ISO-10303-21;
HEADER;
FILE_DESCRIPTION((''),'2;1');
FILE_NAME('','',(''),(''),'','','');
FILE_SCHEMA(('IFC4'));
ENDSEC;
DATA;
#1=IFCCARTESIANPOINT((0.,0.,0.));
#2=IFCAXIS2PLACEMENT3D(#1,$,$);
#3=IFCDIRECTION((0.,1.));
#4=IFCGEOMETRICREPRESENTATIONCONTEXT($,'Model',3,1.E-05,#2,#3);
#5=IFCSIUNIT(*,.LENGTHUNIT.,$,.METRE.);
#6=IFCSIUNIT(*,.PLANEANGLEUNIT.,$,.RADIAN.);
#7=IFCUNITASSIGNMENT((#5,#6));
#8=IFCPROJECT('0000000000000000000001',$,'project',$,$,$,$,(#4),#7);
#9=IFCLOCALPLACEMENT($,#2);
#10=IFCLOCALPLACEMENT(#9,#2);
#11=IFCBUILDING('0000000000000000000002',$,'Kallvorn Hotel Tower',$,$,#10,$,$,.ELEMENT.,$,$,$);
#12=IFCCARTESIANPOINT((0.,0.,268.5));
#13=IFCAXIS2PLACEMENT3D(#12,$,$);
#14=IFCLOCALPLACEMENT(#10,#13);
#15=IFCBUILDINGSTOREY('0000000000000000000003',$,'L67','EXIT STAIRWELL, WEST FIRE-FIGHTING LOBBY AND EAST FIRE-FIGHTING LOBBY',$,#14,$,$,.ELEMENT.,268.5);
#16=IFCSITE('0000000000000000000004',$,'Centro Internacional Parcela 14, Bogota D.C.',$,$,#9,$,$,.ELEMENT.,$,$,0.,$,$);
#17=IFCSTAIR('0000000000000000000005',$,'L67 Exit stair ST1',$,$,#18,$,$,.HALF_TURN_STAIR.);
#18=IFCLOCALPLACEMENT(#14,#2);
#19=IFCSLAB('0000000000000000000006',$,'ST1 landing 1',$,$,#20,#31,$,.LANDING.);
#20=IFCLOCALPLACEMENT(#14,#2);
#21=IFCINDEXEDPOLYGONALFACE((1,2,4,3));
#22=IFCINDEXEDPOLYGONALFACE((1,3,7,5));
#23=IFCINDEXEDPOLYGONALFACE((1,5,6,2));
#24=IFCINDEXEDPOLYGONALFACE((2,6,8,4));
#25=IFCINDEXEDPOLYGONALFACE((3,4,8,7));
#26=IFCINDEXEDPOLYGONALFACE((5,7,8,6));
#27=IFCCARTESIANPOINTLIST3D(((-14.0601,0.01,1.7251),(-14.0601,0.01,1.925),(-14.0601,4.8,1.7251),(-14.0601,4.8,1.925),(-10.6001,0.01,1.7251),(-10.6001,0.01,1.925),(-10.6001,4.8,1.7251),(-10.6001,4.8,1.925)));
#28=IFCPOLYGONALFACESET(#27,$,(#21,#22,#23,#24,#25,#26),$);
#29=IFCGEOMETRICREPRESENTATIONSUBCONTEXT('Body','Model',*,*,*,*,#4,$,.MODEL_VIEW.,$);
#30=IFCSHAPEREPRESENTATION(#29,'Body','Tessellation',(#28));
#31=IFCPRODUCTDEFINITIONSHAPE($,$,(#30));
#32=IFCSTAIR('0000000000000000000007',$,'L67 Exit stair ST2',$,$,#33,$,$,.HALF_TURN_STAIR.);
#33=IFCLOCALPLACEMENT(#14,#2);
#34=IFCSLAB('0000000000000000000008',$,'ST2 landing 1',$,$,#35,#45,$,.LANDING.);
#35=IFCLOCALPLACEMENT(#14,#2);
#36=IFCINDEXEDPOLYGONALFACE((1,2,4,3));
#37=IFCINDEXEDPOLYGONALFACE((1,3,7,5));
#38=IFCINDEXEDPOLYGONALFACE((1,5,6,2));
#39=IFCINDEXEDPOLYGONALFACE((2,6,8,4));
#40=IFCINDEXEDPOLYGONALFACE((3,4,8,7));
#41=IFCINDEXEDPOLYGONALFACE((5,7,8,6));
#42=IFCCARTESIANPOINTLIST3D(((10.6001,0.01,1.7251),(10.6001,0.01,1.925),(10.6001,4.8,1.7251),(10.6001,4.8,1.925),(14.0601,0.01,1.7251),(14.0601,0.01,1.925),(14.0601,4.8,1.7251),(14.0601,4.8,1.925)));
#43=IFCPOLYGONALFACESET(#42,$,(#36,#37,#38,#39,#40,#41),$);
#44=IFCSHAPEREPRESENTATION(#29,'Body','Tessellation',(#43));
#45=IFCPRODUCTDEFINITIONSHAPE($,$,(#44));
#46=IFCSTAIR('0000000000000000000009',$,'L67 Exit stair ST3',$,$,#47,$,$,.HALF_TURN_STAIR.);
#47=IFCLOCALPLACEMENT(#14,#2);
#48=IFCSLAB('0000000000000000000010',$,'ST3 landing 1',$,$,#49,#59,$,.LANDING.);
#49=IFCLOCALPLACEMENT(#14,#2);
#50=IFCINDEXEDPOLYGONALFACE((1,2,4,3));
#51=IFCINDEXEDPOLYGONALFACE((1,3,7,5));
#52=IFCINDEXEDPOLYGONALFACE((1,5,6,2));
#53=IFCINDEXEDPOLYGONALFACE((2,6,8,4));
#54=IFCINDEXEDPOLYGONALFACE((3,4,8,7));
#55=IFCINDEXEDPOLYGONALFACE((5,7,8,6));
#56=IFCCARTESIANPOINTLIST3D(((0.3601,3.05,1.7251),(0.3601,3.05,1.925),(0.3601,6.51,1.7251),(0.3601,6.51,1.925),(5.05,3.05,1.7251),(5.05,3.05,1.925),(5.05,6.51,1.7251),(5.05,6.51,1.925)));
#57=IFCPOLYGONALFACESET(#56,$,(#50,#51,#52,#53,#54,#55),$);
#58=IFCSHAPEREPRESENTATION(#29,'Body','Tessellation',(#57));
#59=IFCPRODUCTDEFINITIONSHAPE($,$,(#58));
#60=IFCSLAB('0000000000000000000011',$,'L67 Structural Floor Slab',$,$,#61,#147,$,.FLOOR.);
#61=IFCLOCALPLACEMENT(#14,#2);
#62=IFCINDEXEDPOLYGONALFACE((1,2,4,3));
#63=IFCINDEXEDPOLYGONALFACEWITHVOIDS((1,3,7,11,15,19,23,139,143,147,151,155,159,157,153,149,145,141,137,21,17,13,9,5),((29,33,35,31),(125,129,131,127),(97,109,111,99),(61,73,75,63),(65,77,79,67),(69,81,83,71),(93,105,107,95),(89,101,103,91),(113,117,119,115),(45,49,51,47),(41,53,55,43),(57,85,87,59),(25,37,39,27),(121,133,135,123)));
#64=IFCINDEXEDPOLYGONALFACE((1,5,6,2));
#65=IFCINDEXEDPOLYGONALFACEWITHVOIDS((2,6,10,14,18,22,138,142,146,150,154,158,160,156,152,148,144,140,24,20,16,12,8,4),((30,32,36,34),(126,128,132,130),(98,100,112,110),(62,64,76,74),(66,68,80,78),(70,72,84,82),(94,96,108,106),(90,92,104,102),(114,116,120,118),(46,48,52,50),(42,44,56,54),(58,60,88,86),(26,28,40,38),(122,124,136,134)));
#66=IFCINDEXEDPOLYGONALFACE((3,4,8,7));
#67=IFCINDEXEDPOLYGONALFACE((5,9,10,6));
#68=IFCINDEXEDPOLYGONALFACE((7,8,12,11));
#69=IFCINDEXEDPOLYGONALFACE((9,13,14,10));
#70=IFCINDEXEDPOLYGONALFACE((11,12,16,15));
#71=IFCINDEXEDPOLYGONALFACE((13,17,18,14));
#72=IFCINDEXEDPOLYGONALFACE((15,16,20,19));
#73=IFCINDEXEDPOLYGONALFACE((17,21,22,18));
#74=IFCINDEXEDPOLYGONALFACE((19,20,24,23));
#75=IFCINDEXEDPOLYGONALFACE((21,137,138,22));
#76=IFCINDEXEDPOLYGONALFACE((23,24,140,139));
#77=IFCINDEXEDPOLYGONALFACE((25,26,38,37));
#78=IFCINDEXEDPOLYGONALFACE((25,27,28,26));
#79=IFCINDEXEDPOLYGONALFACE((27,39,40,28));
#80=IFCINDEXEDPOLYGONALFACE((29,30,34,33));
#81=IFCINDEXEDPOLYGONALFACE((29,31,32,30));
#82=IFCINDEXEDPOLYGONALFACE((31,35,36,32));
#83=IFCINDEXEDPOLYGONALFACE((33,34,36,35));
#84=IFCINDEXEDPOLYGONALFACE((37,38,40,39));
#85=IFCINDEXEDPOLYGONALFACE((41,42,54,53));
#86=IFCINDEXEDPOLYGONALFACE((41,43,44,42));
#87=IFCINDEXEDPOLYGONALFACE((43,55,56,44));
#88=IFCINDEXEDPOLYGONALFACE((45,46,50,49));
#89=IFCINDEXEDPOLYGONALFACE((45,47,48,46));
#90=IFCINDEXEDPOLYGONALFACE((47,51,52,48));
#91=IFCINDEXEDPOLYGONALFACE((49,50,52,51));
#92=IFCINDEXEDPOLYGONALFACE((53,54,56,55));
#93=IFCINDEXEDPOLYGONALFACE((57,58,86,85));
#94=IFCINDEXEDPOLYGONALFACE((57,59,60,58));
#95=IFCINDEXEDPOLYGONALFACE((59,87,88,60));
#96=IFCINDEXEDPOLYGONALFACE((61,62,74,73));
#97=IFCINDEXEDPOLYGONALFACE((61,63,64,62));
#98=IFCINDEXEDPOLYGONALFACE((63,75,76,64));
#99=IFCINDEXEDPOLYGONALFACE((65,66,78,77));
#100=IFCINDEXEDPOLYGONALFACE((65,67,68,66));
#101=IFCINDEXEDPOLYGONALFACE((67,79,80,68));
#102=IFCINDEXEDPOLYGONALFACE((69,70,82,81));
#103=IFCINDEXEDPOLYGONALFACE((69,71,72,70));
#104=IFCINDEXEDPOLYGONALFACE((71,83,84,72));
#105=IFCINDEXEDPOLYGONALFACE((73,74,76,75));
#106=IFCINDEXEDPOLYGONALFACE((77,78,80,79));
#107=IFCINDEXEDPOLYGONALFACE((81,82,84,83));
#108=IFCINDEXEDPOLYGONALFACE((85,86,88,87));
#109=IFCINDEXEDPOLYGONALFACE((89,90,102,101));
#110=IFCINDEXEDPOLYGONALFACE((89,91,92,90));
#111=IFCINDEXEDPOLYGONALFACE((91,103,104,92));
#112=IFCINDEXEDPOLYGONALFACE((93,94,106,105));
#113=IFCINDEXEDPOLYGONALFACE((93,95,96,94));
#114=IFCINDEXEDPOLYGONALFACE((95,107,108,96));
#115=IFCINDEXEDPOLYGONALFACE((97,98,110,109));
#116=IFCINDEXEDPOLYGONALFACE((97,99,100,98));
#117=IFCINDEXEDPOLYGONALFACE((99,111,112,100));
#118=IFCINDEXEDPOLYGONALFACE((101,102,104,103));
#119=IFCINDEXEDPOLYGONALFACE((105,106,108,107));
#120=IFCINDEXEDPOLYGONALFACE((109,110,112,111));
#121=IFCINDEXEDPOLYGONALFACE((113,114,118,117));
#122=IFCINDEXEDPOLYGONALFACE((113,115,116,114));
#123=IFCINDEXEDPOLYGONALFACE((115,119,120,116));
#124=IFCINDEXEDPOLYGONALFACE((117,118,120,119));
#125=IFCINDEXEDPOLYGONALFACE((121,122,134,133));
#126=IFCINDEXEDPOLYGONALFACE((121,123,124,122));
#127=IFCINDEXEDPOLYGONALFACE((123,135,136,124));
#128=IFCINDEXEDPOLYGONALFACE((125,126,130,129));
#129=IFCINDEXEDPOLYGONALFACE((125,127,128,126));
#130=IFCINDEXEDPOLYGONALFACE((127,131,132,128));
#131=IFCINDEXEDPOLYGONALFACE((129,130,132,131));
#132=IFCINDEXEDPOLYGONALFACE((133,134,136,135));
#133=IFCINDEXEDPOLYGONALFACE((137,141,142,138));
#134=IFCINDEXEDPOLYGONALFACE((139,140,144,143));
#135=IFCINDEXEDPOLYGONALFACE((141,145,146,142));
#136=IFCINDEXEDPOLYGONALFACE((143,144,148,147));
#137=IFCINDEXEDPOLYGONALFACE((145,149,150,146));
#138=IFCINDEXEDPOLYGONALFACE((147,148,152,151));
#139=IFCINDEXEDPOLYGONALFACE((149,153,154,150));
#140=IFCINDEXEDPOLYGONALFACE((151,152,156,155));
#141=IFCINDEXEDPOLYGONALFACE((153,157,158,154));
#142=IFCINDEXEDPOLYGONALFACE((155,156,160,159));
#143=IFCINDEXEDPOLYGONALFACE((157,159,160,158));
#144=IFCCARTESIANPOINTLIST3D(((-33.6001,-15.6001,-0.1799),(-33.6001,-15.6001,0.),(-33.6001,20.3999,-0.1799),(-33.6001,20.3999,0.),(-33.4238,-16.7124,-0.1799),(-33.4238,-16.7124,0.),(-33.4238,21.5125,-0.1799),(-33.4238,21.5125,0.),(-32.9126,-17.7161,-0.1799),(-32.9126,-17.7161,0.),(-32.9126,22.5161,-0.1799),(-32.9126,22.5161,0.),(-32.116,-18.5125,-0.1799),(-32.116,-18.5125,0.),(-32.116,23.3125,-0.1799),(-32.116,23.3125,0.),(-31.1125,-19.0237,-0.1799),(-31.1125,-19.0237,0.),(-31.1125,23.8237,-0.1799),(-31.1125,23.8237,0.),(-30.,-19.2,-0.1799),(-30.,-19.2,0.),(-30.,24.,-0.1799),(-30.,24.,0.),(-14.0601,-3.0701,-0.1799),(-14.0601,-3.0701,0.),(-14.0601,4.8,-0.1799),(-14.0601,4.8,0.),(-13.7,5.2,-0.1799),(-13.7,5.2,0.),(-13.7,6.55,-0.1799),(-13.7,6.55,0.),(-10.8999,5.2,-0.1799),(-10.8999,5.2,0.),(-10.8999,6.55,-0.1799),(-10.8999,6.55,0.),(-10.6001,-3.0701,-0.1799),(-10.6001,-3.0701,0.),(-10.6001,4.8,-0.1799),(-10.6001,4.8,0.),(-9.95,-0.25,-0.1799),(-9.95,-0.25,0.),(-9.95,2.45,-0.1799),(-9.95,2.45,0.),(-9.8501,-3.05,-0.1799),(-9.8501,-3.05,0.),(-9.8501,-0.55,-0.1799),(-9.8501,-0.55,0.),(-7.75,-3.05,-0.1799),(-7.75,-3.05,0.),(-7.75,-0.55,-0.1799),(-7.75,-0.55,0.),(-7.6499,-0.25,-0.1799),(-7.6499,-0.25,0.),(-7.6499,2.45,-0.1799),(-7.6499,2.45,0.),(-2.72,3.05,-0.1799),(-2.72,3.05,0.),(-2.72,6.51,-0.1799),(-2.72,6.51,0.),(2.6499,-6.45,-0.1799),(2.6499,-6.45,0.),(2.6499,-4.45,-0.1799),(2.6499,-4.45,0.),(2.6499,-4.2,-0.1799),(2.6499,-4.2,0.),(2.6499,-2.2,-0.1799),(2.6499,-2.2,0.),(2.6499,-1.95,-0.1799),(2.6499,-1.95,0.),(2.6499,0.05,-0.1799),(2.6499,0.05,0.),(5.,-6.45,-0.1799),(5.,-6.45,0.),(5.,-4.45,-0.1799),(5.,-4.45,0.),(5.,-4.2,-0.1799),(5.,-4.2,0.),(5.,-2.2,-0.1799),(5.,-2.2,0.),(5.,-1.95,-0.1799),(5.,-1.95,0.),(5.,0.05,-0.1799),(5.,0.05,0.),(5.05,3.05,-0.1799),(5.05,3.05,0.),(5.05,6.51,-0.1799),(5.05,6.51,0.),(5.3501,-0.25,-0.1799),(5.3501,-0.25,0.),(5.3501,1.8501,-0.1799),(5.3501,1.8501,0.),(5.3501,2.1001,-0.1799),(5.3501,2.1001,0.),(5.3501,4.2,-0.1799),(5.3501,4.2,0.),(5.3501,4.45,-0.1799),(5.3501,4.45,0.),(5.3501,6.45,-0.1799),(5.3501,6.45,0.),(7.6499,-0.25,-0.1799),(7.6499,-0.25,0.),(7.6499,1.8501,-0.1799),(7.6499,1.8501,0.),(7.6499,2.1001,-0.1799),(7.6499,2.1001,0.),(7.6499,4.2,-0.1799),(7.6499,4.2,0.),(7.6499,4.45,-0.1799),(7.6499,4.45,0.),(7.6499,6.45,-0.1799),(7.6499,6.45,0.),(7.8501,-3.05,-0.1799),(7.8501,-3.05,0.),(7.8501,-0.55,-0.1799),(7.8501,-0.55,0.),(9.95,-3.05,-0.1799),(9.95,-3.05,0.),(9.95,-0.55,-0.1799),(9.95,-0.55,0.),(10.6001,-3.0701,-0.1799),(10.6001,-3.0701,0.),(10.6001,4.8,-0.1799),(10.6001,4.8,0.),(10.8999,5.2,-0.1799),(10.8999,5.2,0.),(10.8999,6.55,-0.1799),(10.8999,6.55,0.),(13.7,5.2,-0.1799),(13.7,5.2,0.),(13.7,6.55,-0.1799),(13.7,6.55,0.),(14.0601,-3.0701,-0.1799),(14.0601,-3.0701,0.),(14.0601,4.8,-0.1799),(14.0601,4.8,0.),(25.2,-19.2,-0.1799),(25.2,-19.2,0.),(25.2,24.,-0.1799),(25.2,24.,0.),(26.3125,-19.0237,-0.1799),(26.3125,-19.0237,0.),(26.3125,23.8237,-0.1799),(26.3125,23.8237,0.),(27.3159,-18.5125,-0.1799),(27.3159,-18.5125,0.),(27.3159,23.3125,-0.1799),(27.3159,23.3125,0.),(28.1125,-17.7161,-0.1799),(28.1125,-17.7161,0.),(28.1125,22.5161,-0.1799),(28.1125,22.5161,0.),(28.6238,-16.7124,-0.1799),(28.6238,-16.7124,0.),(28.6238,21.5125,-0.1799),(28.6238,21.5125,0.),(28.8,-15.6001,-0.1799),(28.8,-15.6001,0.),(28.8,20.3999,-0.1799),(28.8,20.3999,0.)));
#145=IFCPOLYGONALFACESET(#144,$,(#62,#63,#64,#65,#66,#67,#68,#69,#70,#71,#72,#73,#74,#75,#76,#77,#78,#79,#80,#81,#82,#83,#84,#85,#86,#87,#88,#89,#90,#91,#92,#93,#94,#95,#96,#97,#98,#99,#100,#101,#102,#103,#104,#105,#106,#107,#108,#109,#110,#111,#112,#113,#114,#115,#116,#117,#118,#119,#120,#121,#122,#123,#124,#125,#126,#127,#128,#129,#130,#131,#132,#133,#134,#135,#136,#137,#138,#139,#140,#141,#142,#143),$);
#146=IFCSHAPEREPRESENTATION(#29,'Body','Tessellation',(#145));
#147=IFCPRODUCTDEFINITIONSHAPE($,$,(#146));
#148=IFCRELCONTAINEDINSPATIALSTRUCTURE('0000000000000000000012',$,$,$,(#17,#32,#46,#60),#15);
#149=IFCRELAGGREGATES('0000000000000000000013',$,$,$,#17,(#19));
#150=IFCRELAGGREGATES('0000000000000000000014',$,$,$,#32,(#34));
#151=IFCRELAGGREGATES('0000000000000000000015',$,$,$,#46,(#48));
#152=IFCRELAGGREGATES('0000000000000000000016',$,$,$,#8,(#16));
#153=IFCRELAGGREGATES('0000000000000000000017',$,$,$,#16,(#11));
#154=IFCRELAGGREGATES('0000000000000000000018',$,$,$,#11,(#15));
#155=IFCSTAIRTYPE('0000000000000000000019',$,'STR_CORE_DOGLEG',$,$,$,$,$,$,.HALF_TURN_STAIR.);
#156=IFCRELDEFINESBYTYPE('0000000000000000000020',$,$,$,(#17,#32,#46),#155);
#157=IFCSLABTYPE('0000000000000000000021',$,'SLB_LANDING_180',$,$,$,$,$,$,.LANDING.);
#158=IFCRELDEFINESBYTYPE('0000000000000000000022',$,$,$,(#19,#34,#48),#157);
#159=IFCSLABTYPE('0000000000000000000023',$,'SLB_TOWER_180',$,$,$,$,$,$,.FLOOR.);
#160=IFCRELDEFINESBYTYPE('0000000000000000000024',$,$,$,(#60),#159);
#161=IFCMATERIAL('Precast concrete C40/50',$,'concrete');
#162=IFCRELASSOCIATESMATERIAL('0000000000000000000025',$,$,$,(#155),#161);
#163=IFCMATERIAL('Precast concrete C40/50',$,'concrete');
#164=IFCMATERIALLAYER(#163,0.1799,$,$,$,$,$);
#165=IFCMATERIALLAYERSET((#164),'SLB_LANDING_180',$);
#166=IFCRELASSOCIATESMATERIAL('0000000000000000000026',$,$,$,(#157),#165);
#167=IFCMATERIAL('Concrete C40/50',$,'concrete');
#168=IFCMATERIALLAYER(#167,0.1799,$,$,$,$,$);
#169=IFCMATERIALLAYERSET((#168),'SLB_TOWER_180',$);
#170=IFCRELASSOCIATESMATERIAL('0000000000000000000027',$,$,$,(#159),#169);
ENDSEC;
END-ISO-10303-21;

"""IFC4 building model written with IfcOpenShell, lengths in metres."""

from ifc_helpers import new_model, si_unit, direction, frame, origin, place, context, subcontext, project, spatial, polyline, outline, extrude, material, layer, layer_set, type_object, element, aggregate, save


model = new_model("IFC4")

# Units and contexts
model_context = context("Model", 3, precision=1e-05, world=origin(), true_north=direction((0.0, 1.0)))
body_context = subcontext(model_context, "Body", "Model", "MODEL_VIEW")
ifc_project = project(units=[si_unit("LENGTHUNIT", "METRE"), si_unit("PLANEANGLEUNIT", "RADIAN")], contexts=[model_context])

# Site, building, storey
site_placement = place(None, origin())
site = spatial("IfcSite", under=ifc_project, at=site_placement, Name="Centro Internacional Parcela 14, Bogota D.C.", CompositionType="ELEMENT", RefElevation=0.0)
building_placement = place(site_placement, origin())
building = spatial("IfcBuilding", under=site, at=building_placement, Name="Kallvorn Hotel Tower", CompositionType="ELEMENT")
storey_placement = place(building_placement, frame((0.0, 0.0, 268.5)))
storey = spatial("IfcBuildingStorey", under=building, at=storey_placement, Name="L67", Description="EXIT STAIRWELL, WEST FIRE-FIGHTING LOBBY AND EAST FIRE-FIGHTING LOBBY", CompositionType="ELEMENT", Elevation=268.5)

# Stairs, slabs
ifc_material_1 = material(Name="Precast concrete C40/50", Category="concrete")
stair_type = type_object("IfcStairType", Name="STR_CORE_DOGLEG", PredefinedType="HALF_TURN_STAIR", material=ifc_material_1)
stair_1_placement = place(storey_placement, origin())
stair_1 = element("IfcStair", 1, at=stair_1_placement, inside=storey, type_object=stair_type, Name="L67 Exit stair ST1", PredefinedType="HALF_TURN_STAIR")
ifc_material_2 = material(Name="Precast concrete C40/50", Category="concrete")
ifc_layer_1 = layer(ifc_material_2, 0.1799)
ifc_layer_set_1 = layer_set([ifc_layer_1], Name="SLB_LANDING_180")
slab_type_1 = type_object("IfcSlabType", Name="SLB_LANDING_180", PredefinedType="LANDING", material=ifc_layer_set_1)
slab_1_placement = place(storey_placement, frame((0.0, 0.0, 1.7251)))
slab_1 = element("IfcSlab", 2, at=slab_1_placement, type_object=slab_type_1, Name="ST1 landing 1", PredefinedType="LANDING", context=body_context, shape_type="SweptSolid", body=[
    extrude(outline(polyline([(-10.6001, 0.01), (-10.6001, 4.8), (-14.0601, 4.8), (-14.0601, 0.01), (-10.6001, 0.01)])), origin(), (0.0, 0.0, 1.0), 0.2),
])
aggregate(stair_1, [slab_1])
stair_2_placement = place(storey_placement, origin())
stair_2 = element("IfcStair", 3, at=stair_2_placement, inside=storey, type_object=stair_type, Name="L67 Exit stair ST2", PredefinedType="HALF_TURN_STAIR")
slab_2_placement = place(storey_placement, frame((0.0, 0.0, 1.7251)))
slab_2 = element("IfcSlab", 4, at=slab_2_placement, type_object=slab_type_1, Name="ST2 landing 1", PredefinedType="LANDING", context=body_context, shape_type="SweptSolid", body=[
    extrude(outline(polyline([(14.0601, 0.01), (14.0601, 4.8), (10.6001, 4.8), (10.6001, 0.01), (14.0601, 0.01)])), origin(), (0.0, 0.0, 1.0), 0.2),
])
aggregate(stair_2, [slab_2])
stair_3_placement = place(storey_placement, origin())
stair_3 = element("IfcStair", 5, at=stair_3_placement, inside=storey, type_object=stair_type, Name="L67 Exit stair ST3", PredefinedType="HALF_TURN_STAIR")
slab_3_placement = place(storey_placement, frame((0.0, 0.0, 1.7251)))
slab_3 = element("IfcSlab", 6, at=slab_3_placement, type_object=slab_type_1, Name="ST3 landing 1", PredefinedType="LANDING", context=body_context, shape_type="SweptSolid", body=[
    extrude(outline(polyline([(0.3601, 3.05), (5.05, 3.05), (5.05, 6.51), (0.3601, 6.51), (0.3601, 3.05)])), origin(), (0.0, 0.0, 1.0), 0.2),
])
aggregate(stair_3, [slab_3])

# Slab
ifc_material_3 = material(Name="Concrete C40/50", Category="concrete")
ifc_layer_2 = layer(ifc_material_3, 0.1799)
ifc_layer_set_2 = layer_set([ifc_layer_2], Name="SLB_TOWER_180")
slab_type_2 = type_object("IfcSlabType", Name="SLB_TOWER_180", PredefinedType="FLOOR", material=ifc_layer_set_2)
slab_4_placement = place(storey_placement, frame((0.0, 0.0, -0.1799)))
element("IfcSlab", 7, at=slab_4_placement, inside=storey, type_object=slab_type_2, Name="L67 Structural Floor Slab", PredefinedType="FLOOR", context=body_context, shape_type="SweptSolid", body=[
    extrude(outline(polyline([(25.2, -19.2), (26.3125, -19.0237), (27.3159, -18.5125), (28.1125, -17.7161), (28.6238, -16.7124), (28.8, -15.6001), (28.8, 20.3999), (28.6238, 21.5125), (28.1125, 22.5161), (27.3159, 23.3125), (26.3125, 23.8237), (25.2, 24.0), (-30.0, 24.0), (-31.1125, 23.8237), (-32.116, 23.3125), (-32.9126, 22.5161), (-33.4238, 21.5125), (-33.6001, 20.3999), (-33.6001, -15.6001), (-33.4238, -16.7124), (-32.9126, -17.7161), (-32.116, -18.5125), (-31.1125, -19.0237), (-30.0, -19.2), (25.2, -19.2)]), holes=[polyline([(-10.6001, -3.0701), (-10.6001, 4.8), (-14.0601, 4.8), (-14.0601, -3.0701), (-10.6001, -3.0701)]), polyline([(14.0601, -3.0701), (14.0601, 4.8), (10.6001, 4.8), (10.6001, -3.0701), (14.0601, -3.0701)]), polyline([(-2.72, 3.05), (5.05, 3.05), (5.05, 6.51), (-2.72, 6.51), (-2.72, 3.05)]), polyline([(2.6499, -6.45), (5.0, -6.45), (5.0, -4.45), (2.6499, -4.45), (2.6499, -6.45)]), polyline([(2.6499, -4.2), (5.0, -4.2), (5.0, -2.2), (2.6499, -2.2), (2.6499, -4.2)]), polyline([(2.6499, -1.95), (5.0, -1.95), (5.0, 0.05), (2.6499, 0.05), (2.6499, -1.95)]), polyline([(5.3501, -0.25), (7.6499, -0.25), (7.6499, 1.8501), (5.3501, 1.8501), (5.3501, -0.25)]), polyline([(5.3501, 2.1001), (7.6499, 2.1001), (7.6499, 4.2), (5.3501, 4.2), (5.3501, 2.1001)]), polyline([(5.3501, 4.45), (7.6499, 4.45), (7.6499, 6.45), (5.3501, 6.45), (5.3501, 4.45)]), polyline([(-9.8501, -3.05), (-7.75, -3.05), (-7.75, -0.55), (-9.8501, -0.55), (-9.8501, -3.05)]), polyline([(7.8501, -3.05), (9.95, -3.05), (9.95, -0.55), (7.8501, -0.55), (7.8501, -3.05)]), polyline([(-9.95, -0.25), (-7.6499, -0.25), (-7.6499, 2.45), (-9.95, 2.45), (-9.95, -0.25)]), polyline([(-13.7, 5.2), (-10.8999, 5.2), (-10.8999, 6.55), (-13.7, 6.55), (-13.7, 5.2)]), polyline([(10.8999, 5.2), (13.7, 5.2), (13.7, 6.55), (10.8999, 6.55), (10.8999, 5.2)])]), origin(), (0.0, 0.0, 1.0), 0.1799),
])

save(model, "model.ifc")
